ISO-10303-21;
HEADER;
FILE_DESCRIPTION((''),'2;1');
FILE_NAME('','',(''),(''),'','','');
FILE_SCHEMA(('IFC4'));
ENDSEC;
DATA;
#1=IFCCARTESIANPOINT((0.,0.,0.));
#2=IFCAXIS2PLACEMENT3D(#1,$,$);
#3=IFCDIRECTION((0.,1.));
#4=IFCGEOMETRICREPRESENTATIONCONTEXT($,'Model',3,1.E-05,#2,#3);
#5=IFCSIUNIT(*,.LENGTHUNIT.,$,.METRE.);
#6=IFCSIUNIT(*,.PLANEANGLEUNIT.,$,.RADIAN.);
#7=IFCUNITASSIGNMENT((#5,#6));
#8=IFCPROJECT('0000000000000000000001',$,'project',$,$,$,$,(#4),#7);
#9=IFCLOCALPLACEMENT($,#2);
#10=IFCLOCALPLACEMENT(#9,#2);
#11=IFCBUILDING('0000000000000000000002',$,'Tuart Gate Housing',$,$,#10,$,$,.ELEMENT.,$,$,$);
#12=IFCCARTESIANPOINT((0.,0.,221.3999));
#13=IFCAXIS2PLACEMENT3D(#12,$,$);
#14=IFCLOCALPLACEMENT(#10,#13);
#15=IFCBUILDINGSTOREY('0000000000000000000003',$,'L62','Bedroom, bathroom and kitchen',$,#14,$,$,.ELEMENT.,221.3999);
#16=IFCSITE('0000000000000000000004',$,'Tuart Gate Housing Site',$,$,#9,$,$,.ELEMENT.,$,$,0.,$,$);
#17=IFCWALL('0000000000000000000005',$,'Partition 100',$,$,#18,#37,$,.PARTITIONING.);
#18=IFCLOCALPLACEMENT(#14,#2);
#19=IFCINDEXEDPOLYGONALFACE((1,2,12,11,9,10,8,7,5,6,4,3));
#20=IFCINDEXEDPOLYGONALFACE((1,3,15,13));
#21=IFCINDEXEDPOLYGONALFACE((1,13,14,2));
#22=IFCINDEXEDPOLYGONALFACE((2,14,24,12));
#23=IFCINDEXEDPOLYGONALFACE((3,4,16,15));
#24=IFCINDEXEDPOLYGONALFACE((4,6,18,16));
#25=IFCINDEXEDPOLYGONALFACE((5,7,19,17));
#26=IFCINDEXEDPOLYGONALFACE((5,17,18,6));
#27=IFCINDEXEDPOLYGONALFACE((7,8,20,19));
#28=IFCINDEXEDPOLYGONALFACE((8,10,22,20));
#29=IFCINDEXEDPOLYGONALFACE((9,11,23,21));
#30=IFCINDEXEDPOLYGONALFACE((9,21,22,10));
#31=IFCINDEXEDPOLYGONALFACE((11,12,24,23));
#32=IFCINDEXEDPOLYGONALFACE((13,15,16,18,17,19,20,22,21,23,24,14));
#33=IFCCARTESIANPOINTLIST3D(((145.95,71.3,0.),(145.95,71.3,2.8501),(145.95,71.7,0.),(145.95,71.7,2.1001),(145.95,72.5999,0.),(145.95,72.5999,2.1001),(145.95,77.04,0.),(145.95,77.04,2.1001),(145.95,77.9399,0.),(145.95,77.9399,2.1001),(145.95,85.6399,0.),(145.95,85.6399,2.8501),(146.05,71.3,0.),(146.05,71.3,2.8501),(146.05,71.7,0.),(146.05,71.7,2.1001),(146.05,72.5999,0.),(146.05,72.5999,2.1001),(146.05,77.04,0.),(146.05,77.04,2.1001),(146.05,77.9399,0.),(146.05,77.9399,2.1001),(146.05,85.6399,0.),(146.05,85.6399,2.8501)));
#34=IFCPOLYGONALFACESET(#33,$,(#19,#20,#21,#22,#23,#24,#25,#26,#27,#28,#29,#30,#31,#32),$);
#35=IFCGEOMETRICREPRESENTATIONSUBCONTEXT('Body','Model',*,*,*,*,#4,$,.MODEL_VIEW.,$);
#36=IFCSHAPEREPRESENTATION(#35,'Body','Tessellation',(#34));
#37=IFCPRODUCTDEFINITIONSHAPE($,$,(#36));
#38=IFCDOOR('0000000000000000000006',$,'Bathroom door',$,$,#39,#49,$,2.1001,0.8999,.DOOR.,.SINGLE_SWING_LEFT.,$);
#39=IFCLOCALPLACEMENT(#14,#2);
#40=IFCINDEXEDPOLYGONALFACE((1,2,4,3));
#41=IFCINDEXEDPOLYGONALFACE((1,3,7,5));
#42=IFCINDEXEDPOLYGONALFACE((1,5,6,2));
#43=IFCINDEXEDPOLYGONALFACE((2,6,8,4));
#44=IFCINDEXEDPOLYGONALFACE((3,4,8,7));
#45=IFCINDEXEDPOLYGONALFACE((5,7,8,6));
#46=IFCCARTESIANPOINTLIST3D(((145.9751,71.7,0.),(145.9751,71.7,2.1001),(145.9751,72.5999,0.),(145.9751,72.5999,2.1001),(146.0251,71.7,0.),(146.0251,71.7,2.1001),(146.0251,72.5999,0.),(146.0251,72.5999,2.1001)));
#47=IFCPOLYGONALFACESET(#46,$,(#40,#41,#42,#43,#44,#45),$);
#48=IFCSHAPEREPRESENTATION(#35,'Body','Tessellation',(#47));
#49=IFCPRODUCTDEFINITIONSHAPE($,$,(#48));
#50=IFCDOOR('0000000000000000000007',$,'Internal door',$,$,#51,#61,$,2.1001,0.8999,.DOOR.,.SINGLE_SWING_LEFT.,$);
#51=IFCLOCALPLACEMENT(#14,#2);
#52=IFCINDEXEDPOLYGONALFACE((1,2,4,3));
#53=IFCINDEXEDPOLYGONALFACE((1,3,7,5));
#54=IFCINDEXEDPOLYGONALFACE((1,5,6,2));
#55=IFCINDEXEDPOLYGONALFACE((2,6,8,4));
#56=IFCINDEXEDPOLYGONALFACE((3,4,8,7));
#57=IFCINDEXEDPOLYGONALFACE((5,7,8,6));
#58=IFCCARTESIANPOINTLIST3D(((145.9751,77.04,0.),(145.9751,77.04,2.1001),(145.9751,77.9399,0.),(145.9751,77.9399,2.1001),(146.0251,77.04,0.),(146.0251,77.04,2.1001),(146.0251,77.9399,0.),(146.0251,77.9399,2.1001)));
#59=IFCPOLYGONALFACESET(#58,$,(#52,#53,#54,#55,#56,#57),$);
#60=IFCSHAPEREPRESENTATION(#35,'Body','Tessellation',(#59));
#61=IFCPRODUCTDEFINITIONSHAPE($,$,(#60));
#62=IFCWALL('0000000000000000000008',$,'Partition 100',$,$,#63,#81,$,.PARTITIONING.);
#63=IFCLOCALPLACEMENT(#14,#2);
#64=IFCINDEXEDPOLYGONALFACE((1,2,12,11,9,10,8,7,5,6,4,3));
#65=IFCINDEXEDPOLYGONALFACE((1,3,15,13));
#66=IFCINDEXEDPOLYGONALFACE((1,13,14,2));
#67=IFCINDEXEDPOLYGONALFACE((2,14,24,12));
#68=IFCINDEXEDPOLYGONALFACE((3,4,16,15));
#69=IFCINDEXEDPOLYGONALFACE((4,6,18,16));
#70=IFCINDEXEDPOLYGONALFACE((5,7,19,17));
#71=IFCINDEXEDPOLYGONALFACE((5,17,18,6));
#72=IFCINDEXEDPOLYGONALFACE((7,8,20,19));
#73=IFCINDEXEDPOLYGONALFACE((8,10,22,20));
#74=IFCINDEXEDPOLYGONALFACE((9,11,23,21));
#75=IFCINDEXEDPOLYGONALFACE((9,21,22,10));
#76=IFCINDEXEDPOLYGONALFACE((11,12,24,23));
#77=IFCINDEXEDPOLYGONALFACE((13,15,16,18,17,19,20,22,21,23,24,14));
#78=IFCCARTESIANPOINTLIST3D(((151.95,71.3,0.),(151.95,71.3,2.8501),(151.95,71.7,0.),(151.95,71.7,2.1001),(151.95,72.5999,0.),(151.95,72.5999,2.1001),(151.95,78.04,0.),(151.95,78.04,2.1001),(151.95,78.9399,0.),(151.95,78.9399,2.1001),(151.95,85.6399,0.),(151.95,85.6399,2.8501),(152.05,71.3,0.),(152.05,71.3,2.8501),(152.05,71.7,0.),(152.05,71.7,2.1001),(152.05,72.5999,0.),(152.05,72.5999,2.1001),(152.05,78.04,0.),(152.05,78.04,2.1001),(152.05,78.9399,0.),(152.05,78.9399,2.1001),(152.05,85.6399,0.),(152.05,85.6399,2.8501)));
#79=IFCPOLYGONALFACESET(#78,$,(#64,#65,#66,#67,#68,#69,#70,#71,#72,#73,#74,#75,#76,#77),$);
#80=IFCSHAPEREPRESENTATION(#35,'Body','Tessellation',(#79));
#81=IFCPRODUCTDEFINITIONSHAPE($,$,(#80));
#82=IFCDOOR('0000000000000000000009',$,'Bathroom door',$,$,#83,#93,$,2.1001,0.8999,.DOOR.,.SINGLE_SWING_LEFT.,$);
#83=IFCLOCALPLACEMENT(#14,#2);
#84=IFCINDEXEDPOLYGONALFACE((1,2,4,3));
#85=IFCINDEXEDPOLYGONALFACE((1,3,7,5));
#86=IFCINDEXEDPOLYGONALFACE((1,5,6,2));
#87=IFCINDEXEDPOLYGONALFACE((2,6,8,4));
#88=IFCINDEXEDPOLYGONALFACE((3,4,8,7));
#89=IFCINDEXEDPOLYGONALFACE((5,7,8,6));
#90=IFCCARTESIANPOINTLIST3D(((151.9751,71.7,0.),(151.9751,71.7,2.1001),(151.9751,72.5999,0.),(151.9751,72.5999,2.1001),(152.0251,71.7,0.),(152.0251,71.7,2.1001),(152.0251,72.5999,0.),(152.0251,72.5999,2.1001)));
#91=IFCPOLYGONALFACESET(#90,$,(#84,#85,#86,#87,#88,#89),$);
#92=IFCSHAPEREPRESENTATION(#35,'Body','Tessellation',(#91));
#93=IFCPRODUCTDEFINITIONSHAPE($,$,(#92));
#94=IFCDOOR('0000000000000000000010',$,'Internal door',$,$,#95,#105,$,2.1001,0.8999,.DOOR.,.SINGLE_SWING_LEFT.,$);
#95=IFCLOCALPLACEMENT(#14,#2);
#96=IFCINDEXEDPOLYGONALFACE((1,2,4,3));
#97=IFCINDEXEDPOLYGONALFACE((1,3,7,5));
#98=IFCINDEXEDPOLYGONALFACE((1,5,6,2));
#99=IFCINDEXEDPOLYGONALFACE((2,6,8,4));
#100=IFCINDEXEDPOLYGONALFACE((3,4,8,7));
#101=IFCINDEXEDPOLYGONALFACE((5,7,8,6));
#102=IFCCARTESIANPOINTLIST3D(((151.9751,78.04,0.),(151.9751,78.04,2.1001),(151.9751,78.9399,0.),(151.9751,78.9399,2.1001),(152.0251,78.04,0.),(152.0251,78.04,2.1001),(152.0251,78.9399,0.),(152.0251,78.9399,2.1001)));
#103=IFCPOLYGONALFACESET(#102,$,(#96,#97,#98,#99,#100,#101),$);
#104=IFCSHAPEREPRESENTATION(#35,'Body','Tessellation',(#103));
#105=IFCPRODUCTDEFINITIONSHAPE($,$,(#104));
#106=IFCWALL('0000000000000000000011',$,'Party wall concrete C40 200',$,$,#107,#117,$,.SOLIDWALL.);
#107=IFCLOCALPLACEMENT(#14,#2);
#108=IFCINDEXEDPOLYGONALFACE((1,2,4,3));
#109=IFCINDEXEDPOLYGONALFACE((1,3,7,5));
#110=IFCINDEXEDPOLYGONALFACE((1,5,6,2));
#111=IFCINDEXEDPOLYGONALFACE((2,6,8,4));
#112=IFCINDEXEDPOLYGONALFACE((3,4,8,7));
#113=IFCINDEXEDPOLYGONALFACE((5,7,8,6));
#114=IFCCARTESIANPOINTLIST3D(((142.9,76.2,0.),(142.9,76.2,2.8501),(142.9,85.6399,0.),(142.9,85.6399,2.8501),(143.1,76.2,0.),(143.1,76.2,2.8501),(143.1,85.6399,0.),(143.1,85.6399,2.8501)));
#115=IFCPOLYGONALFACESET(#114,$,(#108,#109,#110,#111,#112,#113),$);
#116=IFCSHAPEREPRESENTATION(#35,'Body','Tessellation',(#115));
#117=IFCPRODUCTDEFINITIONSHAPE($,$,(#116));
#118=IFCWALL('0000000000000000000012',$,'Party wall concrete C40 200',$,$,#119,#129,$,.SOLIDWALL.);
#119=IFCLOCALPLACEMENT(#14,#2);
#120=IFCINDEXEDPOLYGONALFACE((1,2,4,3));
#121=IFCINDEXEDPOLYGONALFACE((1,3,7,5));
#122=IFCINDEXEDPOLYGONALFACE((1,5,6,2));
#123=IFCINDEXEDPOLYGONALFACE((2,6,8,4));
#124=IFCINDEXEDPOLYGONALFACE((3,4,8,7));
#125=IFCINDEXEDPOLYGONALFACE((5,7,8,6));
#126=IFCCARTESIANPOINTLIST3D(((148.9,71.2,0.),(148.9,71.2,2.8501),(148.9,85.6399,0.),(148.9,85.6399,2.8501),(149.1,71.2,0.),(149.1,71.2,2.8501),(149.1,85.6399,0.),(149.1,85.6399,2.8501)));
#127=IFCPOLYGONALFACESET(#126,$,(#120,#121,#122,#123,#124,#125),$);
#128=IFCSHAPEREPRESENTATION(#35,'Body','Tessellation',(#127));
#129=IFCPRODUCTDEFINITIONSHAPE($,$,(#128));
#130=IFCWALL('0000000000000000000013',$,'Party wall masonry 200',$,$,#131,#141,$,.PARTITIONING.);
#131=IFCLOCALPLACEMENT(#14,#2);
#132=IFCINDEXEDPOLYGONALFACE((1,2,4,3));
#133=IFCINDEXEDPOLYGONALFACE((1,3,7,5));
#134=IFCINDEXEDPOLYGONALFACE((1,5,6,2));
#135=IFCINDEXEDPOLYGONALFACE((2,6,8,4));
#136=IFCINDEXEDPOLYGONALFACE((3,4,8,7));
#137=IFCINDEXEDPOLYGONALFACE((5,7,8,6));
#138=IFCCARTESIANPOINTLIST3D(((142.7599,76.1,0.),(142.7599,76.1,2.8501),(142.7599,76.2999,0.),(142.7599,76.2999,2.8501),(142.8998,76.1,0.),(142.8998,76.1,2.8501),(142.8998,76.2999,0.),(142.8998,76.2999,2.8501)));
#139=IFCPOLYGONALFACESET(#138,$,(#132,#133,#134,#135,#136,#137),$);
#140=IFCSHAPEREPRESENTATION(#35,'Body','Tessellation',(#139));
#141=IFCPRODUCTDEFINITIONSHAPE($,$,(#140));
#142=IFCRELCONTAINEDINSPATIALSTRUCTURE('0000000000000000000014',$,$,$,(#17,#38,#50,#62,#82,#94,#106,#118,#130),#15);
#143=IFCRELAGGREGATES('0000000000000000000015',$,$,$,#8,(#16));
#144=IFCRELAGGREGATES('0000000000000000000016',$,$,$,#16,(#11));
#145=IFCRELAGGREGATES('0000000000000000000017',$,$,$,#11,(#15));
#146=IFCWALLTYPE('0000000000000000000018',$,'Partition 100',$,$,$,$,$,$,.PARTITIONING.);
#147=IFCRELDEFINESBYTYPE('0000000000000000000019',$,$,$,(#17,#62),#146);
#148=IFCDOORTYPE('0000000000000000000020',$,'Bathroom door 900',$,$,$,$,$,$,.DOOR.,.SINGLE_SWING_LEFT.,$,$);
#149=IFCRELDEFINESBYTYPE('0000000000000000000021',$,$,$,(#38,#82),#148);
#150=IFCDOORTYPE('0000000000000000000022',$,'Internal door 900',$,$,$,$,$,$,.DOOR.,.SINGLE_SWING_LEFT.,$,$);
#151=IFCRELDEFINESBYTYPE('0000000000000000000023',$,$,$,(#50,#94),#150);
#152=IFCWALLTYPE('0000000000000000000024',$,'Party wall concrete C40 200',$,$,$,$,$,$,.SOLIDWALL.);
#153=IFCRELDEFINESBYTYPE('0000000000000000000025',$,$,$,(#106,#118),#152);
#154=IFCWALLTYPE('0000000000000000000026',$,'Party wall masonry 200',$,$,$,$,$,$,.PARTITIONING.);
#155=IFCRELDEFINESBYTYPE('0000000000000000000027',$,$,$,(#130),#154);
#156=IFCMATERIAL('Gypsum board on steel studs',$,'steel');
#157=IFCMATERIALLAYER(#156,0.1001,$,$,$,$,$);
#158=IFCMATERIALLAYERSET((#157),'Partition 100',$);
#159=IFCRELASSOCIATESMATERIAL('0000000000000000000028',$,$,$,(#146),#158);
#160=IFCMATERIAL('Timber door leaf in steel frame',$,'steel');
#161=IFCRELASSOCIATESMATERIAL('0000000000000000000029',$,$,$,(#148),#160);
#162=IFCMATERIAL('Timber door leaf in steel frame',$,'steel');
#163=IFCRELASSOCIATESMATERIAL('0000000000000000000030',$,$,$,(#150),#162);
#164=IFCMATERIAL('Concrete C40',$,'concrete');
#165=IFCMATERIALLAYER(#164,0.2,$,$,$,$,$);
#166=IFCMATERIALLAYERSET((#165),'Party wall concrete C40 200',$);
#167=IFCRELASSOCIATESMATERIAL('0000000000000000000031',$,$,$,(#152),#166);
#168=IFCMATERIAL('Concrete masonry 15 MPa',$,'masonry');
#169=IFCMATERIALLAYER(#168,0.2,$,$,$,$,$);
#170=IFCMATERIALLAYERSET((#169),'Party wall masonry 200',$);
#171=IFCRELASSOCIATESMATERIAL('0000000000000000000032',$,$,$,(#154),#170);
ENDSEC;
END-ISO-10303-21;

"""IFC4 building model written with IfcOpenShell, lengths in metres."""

from ifc_helpers import new_model, si_unit, direction, frame, frame_2d, origin, place, context, subcontext, project, spatial, rectangle, extrude, material, layer, layer_set, type_object, element, fill, save


model = new_model("IFC4")

# Units and contexts
model_context = context("Model", 3, precision=1e-05, world=origin(), true_north=direction((0.0, 1.0)))
body_context = subcontext(model_context, "Body", "Model", "MODEL_VIEW")
ifc_project = project(units=[si_unit("LENGTHUNIT", "METRE"), si_unit("PLANEANGLEUNIT", "RADIAN")], contexts=[model_context])

# Site, building, storey
site_placement = place(None, origin())
site = spatial("IfcSite", under=ifc_project, at=site_placement, Name="Tuart Gate Housing Site", CompositionType="ELEMENT", RefElevation=0.0)
building_placement = place(site_placement, origin())
building = spatial("IfcBuilding", under=site, at=building_placement, Name="Tuart Gate Housing", CompositionType="ELEMENT")
storey_placement = place(building_placement, frame((0.0, 0.0, 221.3999)))
storey = spatial("IfcBuildingStorey", under=building, at=storey_placement, Name="L62", Description="Bedroom, bathroom and kitchen", CompositionType="ELEMENT", Elevation=221.3999)

# Shared definitions
ifc_material_1 = material(Name="Gypsum board on steel studs", Category="steel")
ifc_layer_1 = layer(ifc_material_1, 0.1001)
ifc_layer_set_1 = layer_set([ifc_layer_1], Name="Partition 100")
wall_type_1 = type_object("IfcWallType", Name="Partition 100", PredefinedType="PARTITIONING", material=ifc_layer_set_1)

# Walls, openings, doors
wall_1_placement = place(storey_placement, frame((146.0, 71.3, 0.0), z_axis=(0.0, 0.0, 1.0), x_axis=(0.0, 1.0, 0.0)))
wall_1 = element("IfcWall", 1, at=wall_1_placement, inside=storey, type_object=wall_type_1, Name="Partition 100", PredefinedType="PARTITIONING", context=body_context, shape_type="SweptSolid", body=[
    extrude(rectangle(XDim=14.3398, YDim=0.1001, at=frame_2d((7.1699, 0.0))), origin(), (0.0, 0.0, 1.0), 2.8501),
])
opening_1_placement = place(wall_1_placement, frame((5.74, 0.0, 0.0)))
opening_1 = element("IfcOpeningElement", 2, at=opening_1_placement, cuts=wall_1, PredefinedType="OPENING", context=body_context, shape_type="SweptSolid", body=[
    extrude(rectangle(XDim=0.8999, YDim=2.1001, at=frame_2d((0.45, 1.05))), frame((0.0, 0.0601, 0.0), z_axis=(0.0, -1.0, 0.0), x_axis=(1.0, 0.0, 0.0)), (0.0, 0.0, 1.0), 0.1201),
])
opening_2_placement = place(wall_1_placement, frame((0.3999, 0.0, 0.0)))
opening_2 = element("IfcOpeningElement", 3, at=opening_2_placement, cuts=wall_1, PredefinedType="OPENING", context=body_context, shape_type="SweptSolid", body=[
    extrude(rectangle(XDim=0.8999, YDim=2.1001, at=frame_2d((0.45, 1.05))), frame((0.0, 0.0601, 0.0), z_axis=(0.0, -1.0, 0.0), x_axis=(1.0, 0.0, 0.0)), (0.0, 0.0, 1.0), 0.1201),
])
ifc_material_2 = material(Name="Timber door leaf in steel frame", Category="steel")
door_type_1 = type_object("IfcDoorType", Name="Bathroom door 900", OperationType="SINGLE_SWING_LEFT", PredefinedType="DOOR", material=ifc_material_2)
door_1_placement = place(opening_2_placement, origin())
door_1 = element("IfcDoor", 4, at=door_1_placement, inside=storey, type_object=door_type_1, Name="Bathroom door", OperationType="SINGLE_SWING_LEFT", OverallHeight=2.1001, OverallWidth=0.8999, PredefinedType="DOOR", context=body_context, shape_type="SweptSolid", body=[
    extrude(rectangle(XDim=0.8999, YDim=2.1001, at=frame_2d((0.45, 1.05))), frame((0.0, 0.0249, 0.0), z_axis=(0.0, -1.0, 0.0), x_axis=(1.0, 0.0, 0.0)), (0.0, 0.0, 1.0), 0.05),
])
fill(opening_2, door_1)
ifc_material_3 = material(Name="Timber door leaf in steel frame", Category="steel")
door_type_2 = type_object("IfcDoorType", Name="Internal door 900", OperationType="SINGLE_SWING_LEFT", PredefinedType="DOOR", material=ifc_material_3)
door_2_placement = place(opening_1_placement, origin())
door_2 = element("IfcDoor", 5, at=door_2_placement, inside=storey, type_object=door_type_2, Name="Internal door", OperationType="SINGLE_SWING_LEFT", OverallHeight=2.1001, OverallWidth=0.8999, PredefinedType="DOOR", context=body_context, shape_type="SweptSolid", body=[
    extrude(rectangle(XDim=0.8999, YDim=2.1001, at=frame_2d((0.45, 1.05))), frame((0.0, 0.0249, 0.0), z_axis=(0.0, -1.0, 0.0), x_axis=(1.0, 0.0, 0.0)), (0.0, 0.0, 1.0), 0.05),
])
fill(opening_1, door_2)
wall_2_placement = place(storey_placement, frame((152.0, 71.3, 0.0), z_axis=(0.0, 0.0, 1.0), x_axis=(0.0, 1.0, 0.0)))
wall_2 = element("IfcWall", 6, at=wall_2_placement, inside=storey, type_object=wall_type_1, Name="Partition 100", PredefinedType="PARTITIONING", context=body_context, shape_type="SweptSolid", body=[
    extrude(rectangle(XDim=14.3398, YDim=0.1001, at=frame_2d((7.1699, 0.0))), origin(), (0.0, 0.0, 1.0), 2.8501),
])
opening_3_placement = place(wall_2_placement, frame((6.74, 0.0, 0.0)))
opening_3 = element("IfcOpeningElement", 7, at=opening_3_placement, cuts=wall_2, PredefinedType="OPENING", context=body_context, shape_type="SweptSolid", body=[
    extrude(rectangle(XDim=0.8999, YDim=2.1001, at=frame_2d((0.45, 1.05))), frame((0.0, 0.0601, 0.0), z_axis=(0.0, -1.0, 0.0), x_axis=(1.0, 0.0, 0.0)), (0.0, 0.0, 1.0), 0.1201),
])
opening_4_placement = place(wall_2_placement, frame((0.3999, 0.0, 0.0)))
opening_4 = element("IfcOpeningElement", 8, at=opening_4_placement, cuts=wall_2, PredefinedType="OPENING", context=body_context, shape_type="SweptSolid", body=[
    extrude(rectangle(XDim=0.8999, YDim=2.1001, at=frame_2d((0.45, 1.05))), frame((0.0, 0.0601, 0.0), z_axis=(0.0, -1.0, 0.0), x_axis=(1.0, 0.0, 0.0)), (0.0, 0.0, 1.0), 0.1201),
])
door_3_placement = place(opening_4_placement, origin())
door_3 = element("IfcDoor", 9, at=door_3_placement, inside=storey, type_object=door_type_1, Name="Bathroom door", OperationType="SINGLE_SWING_LEFT", OverallHeight=2.1001, OverallWidth=0.8999, PredefinedType="DOOR", context=body_context, shape_type="SweptSolid", body=[
    extrude(rectangle(XDim=0.8999, YDim=2.1001, at=frame_2d((0.45, 1.05))), frame((0.0, 0.0249, 0.0), z_axis=(0.0, -1.0, 0.0), x_axis=(1.0, 0.0, 0.0)), (0.0, 0.0, 1.0), 0.05),
])
fill(opening_4, door_3)
door_4_placement = place(opening_3_placement, origin())
door_4 = element("IfcDoor", 10, at=door_4_placement, inside=storey, type_object=door_type_2, Name="Internal door", OperationType="SINGLE_SWING_LEFT", OverallHeight=2.1001, OverallWidth=0.8999, PredefinedType="DOOR", context=body_context, shape_type="SweptSolid", body=[
    extrude(rectangle(XDim=0.8999, YDim=2.1001, at=frame_2d((0.45, 1.05))), frame((0.0, 0.0249, 0.0), z_axis=(0.0, -1.0, 0.0), x_axis=(1.0, 0.0, 0.0)), (0.0, 0.0, 1.0), 0.05),
])
fill(opening_3, door_4)

# Walls
ifc_material_4 = material(Name="Concrete C40", Category="concrete")
ifc_layer_2 = layer(ifc_material_4, 0.2)
ifc_layer_set_2 = layer_set([ifc_layer_2], Name="Party wall concrete C40 200")
wall_type_2 = type_object("IfcWallType", Name="Party wall concrete C40 200", PredefinedType="SOLIDWALL", material=ifc_layer_set_2)
wall_3_placement = place(storey_placement, frame((143.0, 76.2, 0.0), z_axis=(0.0, 0.0, 1.0), x_axis=(0.0, 1.0, 0.0)))
element("IfcWall", 11, at=wall_3_placement, inside=storey, type_object=wall_type_2, Name="Party wall concrete C40 200", PredefinedType="SOLIDWALL", context=body_context, shape_type="SweptSolid", body=[
    extrude(rectangle(XDim=9.4399, YDim=0.2, at=frame_2d((4.72, 0.0))), origin(), (0.0, 0.0, 1.0), 2.8501),
])
wall_4_placement = place(storey_placement, frame((149.0, 71.2, 0.0), z_axis=(0.0, 0.0, 1.0), x_axis=(0.0, 1.0, 0.0)))
element("IfcWall", 12, at=wall_4_placement, inside=storey, type_object=wall_type_2, Name="Party wall concrete C40 200", PredefinedType="SOLIDWALL", context=body_context, shape_type="SweptSolid", body=[
    extrude(rectangle(XDim=14.4399, YDim=0.2, at=frame_2d((7.22, 0.0))), origin(), (0.0, 0.0, 1.0), 2.8501),
])
ifc_material_5 = material(Name="Concrete masonry 15 MPa", Category="masonry")
ifc_layer_3 = layer(ifc_material_5, 0.2)
ifc_layer_set_3 = layer_set([ifc_layer_3], Name="Party wall masonry 200")
wall_type_3 = type_object("IfcWallType", Name="Party wall masonry 200", PredefinedType="PARTITIONING", material=ifc_layer_set_3)
wall_5_placement = place(storey_placement, frame((142.76, 76.2, 0.0), z_axis=(0.0, 0.0, 1.0), x_axis=(1.0, 0.0, 0.0)))
element("IfcWall", 13, at=wall_5_placement, inside=storey, type_object=wall_type_3, Name="Party wall masonry 200", PredefinedType="PARTITIONING", context=body_context, shape_type="SweptSolid", body=[
    extrude(rectangle(XDim=0.1399, YDim=0.2, at=frame_2d((0.0698, 0.0))), origin(), (0.0, 0.0, 1.0), 2.8501),
])

save(model, "model.ifc")
